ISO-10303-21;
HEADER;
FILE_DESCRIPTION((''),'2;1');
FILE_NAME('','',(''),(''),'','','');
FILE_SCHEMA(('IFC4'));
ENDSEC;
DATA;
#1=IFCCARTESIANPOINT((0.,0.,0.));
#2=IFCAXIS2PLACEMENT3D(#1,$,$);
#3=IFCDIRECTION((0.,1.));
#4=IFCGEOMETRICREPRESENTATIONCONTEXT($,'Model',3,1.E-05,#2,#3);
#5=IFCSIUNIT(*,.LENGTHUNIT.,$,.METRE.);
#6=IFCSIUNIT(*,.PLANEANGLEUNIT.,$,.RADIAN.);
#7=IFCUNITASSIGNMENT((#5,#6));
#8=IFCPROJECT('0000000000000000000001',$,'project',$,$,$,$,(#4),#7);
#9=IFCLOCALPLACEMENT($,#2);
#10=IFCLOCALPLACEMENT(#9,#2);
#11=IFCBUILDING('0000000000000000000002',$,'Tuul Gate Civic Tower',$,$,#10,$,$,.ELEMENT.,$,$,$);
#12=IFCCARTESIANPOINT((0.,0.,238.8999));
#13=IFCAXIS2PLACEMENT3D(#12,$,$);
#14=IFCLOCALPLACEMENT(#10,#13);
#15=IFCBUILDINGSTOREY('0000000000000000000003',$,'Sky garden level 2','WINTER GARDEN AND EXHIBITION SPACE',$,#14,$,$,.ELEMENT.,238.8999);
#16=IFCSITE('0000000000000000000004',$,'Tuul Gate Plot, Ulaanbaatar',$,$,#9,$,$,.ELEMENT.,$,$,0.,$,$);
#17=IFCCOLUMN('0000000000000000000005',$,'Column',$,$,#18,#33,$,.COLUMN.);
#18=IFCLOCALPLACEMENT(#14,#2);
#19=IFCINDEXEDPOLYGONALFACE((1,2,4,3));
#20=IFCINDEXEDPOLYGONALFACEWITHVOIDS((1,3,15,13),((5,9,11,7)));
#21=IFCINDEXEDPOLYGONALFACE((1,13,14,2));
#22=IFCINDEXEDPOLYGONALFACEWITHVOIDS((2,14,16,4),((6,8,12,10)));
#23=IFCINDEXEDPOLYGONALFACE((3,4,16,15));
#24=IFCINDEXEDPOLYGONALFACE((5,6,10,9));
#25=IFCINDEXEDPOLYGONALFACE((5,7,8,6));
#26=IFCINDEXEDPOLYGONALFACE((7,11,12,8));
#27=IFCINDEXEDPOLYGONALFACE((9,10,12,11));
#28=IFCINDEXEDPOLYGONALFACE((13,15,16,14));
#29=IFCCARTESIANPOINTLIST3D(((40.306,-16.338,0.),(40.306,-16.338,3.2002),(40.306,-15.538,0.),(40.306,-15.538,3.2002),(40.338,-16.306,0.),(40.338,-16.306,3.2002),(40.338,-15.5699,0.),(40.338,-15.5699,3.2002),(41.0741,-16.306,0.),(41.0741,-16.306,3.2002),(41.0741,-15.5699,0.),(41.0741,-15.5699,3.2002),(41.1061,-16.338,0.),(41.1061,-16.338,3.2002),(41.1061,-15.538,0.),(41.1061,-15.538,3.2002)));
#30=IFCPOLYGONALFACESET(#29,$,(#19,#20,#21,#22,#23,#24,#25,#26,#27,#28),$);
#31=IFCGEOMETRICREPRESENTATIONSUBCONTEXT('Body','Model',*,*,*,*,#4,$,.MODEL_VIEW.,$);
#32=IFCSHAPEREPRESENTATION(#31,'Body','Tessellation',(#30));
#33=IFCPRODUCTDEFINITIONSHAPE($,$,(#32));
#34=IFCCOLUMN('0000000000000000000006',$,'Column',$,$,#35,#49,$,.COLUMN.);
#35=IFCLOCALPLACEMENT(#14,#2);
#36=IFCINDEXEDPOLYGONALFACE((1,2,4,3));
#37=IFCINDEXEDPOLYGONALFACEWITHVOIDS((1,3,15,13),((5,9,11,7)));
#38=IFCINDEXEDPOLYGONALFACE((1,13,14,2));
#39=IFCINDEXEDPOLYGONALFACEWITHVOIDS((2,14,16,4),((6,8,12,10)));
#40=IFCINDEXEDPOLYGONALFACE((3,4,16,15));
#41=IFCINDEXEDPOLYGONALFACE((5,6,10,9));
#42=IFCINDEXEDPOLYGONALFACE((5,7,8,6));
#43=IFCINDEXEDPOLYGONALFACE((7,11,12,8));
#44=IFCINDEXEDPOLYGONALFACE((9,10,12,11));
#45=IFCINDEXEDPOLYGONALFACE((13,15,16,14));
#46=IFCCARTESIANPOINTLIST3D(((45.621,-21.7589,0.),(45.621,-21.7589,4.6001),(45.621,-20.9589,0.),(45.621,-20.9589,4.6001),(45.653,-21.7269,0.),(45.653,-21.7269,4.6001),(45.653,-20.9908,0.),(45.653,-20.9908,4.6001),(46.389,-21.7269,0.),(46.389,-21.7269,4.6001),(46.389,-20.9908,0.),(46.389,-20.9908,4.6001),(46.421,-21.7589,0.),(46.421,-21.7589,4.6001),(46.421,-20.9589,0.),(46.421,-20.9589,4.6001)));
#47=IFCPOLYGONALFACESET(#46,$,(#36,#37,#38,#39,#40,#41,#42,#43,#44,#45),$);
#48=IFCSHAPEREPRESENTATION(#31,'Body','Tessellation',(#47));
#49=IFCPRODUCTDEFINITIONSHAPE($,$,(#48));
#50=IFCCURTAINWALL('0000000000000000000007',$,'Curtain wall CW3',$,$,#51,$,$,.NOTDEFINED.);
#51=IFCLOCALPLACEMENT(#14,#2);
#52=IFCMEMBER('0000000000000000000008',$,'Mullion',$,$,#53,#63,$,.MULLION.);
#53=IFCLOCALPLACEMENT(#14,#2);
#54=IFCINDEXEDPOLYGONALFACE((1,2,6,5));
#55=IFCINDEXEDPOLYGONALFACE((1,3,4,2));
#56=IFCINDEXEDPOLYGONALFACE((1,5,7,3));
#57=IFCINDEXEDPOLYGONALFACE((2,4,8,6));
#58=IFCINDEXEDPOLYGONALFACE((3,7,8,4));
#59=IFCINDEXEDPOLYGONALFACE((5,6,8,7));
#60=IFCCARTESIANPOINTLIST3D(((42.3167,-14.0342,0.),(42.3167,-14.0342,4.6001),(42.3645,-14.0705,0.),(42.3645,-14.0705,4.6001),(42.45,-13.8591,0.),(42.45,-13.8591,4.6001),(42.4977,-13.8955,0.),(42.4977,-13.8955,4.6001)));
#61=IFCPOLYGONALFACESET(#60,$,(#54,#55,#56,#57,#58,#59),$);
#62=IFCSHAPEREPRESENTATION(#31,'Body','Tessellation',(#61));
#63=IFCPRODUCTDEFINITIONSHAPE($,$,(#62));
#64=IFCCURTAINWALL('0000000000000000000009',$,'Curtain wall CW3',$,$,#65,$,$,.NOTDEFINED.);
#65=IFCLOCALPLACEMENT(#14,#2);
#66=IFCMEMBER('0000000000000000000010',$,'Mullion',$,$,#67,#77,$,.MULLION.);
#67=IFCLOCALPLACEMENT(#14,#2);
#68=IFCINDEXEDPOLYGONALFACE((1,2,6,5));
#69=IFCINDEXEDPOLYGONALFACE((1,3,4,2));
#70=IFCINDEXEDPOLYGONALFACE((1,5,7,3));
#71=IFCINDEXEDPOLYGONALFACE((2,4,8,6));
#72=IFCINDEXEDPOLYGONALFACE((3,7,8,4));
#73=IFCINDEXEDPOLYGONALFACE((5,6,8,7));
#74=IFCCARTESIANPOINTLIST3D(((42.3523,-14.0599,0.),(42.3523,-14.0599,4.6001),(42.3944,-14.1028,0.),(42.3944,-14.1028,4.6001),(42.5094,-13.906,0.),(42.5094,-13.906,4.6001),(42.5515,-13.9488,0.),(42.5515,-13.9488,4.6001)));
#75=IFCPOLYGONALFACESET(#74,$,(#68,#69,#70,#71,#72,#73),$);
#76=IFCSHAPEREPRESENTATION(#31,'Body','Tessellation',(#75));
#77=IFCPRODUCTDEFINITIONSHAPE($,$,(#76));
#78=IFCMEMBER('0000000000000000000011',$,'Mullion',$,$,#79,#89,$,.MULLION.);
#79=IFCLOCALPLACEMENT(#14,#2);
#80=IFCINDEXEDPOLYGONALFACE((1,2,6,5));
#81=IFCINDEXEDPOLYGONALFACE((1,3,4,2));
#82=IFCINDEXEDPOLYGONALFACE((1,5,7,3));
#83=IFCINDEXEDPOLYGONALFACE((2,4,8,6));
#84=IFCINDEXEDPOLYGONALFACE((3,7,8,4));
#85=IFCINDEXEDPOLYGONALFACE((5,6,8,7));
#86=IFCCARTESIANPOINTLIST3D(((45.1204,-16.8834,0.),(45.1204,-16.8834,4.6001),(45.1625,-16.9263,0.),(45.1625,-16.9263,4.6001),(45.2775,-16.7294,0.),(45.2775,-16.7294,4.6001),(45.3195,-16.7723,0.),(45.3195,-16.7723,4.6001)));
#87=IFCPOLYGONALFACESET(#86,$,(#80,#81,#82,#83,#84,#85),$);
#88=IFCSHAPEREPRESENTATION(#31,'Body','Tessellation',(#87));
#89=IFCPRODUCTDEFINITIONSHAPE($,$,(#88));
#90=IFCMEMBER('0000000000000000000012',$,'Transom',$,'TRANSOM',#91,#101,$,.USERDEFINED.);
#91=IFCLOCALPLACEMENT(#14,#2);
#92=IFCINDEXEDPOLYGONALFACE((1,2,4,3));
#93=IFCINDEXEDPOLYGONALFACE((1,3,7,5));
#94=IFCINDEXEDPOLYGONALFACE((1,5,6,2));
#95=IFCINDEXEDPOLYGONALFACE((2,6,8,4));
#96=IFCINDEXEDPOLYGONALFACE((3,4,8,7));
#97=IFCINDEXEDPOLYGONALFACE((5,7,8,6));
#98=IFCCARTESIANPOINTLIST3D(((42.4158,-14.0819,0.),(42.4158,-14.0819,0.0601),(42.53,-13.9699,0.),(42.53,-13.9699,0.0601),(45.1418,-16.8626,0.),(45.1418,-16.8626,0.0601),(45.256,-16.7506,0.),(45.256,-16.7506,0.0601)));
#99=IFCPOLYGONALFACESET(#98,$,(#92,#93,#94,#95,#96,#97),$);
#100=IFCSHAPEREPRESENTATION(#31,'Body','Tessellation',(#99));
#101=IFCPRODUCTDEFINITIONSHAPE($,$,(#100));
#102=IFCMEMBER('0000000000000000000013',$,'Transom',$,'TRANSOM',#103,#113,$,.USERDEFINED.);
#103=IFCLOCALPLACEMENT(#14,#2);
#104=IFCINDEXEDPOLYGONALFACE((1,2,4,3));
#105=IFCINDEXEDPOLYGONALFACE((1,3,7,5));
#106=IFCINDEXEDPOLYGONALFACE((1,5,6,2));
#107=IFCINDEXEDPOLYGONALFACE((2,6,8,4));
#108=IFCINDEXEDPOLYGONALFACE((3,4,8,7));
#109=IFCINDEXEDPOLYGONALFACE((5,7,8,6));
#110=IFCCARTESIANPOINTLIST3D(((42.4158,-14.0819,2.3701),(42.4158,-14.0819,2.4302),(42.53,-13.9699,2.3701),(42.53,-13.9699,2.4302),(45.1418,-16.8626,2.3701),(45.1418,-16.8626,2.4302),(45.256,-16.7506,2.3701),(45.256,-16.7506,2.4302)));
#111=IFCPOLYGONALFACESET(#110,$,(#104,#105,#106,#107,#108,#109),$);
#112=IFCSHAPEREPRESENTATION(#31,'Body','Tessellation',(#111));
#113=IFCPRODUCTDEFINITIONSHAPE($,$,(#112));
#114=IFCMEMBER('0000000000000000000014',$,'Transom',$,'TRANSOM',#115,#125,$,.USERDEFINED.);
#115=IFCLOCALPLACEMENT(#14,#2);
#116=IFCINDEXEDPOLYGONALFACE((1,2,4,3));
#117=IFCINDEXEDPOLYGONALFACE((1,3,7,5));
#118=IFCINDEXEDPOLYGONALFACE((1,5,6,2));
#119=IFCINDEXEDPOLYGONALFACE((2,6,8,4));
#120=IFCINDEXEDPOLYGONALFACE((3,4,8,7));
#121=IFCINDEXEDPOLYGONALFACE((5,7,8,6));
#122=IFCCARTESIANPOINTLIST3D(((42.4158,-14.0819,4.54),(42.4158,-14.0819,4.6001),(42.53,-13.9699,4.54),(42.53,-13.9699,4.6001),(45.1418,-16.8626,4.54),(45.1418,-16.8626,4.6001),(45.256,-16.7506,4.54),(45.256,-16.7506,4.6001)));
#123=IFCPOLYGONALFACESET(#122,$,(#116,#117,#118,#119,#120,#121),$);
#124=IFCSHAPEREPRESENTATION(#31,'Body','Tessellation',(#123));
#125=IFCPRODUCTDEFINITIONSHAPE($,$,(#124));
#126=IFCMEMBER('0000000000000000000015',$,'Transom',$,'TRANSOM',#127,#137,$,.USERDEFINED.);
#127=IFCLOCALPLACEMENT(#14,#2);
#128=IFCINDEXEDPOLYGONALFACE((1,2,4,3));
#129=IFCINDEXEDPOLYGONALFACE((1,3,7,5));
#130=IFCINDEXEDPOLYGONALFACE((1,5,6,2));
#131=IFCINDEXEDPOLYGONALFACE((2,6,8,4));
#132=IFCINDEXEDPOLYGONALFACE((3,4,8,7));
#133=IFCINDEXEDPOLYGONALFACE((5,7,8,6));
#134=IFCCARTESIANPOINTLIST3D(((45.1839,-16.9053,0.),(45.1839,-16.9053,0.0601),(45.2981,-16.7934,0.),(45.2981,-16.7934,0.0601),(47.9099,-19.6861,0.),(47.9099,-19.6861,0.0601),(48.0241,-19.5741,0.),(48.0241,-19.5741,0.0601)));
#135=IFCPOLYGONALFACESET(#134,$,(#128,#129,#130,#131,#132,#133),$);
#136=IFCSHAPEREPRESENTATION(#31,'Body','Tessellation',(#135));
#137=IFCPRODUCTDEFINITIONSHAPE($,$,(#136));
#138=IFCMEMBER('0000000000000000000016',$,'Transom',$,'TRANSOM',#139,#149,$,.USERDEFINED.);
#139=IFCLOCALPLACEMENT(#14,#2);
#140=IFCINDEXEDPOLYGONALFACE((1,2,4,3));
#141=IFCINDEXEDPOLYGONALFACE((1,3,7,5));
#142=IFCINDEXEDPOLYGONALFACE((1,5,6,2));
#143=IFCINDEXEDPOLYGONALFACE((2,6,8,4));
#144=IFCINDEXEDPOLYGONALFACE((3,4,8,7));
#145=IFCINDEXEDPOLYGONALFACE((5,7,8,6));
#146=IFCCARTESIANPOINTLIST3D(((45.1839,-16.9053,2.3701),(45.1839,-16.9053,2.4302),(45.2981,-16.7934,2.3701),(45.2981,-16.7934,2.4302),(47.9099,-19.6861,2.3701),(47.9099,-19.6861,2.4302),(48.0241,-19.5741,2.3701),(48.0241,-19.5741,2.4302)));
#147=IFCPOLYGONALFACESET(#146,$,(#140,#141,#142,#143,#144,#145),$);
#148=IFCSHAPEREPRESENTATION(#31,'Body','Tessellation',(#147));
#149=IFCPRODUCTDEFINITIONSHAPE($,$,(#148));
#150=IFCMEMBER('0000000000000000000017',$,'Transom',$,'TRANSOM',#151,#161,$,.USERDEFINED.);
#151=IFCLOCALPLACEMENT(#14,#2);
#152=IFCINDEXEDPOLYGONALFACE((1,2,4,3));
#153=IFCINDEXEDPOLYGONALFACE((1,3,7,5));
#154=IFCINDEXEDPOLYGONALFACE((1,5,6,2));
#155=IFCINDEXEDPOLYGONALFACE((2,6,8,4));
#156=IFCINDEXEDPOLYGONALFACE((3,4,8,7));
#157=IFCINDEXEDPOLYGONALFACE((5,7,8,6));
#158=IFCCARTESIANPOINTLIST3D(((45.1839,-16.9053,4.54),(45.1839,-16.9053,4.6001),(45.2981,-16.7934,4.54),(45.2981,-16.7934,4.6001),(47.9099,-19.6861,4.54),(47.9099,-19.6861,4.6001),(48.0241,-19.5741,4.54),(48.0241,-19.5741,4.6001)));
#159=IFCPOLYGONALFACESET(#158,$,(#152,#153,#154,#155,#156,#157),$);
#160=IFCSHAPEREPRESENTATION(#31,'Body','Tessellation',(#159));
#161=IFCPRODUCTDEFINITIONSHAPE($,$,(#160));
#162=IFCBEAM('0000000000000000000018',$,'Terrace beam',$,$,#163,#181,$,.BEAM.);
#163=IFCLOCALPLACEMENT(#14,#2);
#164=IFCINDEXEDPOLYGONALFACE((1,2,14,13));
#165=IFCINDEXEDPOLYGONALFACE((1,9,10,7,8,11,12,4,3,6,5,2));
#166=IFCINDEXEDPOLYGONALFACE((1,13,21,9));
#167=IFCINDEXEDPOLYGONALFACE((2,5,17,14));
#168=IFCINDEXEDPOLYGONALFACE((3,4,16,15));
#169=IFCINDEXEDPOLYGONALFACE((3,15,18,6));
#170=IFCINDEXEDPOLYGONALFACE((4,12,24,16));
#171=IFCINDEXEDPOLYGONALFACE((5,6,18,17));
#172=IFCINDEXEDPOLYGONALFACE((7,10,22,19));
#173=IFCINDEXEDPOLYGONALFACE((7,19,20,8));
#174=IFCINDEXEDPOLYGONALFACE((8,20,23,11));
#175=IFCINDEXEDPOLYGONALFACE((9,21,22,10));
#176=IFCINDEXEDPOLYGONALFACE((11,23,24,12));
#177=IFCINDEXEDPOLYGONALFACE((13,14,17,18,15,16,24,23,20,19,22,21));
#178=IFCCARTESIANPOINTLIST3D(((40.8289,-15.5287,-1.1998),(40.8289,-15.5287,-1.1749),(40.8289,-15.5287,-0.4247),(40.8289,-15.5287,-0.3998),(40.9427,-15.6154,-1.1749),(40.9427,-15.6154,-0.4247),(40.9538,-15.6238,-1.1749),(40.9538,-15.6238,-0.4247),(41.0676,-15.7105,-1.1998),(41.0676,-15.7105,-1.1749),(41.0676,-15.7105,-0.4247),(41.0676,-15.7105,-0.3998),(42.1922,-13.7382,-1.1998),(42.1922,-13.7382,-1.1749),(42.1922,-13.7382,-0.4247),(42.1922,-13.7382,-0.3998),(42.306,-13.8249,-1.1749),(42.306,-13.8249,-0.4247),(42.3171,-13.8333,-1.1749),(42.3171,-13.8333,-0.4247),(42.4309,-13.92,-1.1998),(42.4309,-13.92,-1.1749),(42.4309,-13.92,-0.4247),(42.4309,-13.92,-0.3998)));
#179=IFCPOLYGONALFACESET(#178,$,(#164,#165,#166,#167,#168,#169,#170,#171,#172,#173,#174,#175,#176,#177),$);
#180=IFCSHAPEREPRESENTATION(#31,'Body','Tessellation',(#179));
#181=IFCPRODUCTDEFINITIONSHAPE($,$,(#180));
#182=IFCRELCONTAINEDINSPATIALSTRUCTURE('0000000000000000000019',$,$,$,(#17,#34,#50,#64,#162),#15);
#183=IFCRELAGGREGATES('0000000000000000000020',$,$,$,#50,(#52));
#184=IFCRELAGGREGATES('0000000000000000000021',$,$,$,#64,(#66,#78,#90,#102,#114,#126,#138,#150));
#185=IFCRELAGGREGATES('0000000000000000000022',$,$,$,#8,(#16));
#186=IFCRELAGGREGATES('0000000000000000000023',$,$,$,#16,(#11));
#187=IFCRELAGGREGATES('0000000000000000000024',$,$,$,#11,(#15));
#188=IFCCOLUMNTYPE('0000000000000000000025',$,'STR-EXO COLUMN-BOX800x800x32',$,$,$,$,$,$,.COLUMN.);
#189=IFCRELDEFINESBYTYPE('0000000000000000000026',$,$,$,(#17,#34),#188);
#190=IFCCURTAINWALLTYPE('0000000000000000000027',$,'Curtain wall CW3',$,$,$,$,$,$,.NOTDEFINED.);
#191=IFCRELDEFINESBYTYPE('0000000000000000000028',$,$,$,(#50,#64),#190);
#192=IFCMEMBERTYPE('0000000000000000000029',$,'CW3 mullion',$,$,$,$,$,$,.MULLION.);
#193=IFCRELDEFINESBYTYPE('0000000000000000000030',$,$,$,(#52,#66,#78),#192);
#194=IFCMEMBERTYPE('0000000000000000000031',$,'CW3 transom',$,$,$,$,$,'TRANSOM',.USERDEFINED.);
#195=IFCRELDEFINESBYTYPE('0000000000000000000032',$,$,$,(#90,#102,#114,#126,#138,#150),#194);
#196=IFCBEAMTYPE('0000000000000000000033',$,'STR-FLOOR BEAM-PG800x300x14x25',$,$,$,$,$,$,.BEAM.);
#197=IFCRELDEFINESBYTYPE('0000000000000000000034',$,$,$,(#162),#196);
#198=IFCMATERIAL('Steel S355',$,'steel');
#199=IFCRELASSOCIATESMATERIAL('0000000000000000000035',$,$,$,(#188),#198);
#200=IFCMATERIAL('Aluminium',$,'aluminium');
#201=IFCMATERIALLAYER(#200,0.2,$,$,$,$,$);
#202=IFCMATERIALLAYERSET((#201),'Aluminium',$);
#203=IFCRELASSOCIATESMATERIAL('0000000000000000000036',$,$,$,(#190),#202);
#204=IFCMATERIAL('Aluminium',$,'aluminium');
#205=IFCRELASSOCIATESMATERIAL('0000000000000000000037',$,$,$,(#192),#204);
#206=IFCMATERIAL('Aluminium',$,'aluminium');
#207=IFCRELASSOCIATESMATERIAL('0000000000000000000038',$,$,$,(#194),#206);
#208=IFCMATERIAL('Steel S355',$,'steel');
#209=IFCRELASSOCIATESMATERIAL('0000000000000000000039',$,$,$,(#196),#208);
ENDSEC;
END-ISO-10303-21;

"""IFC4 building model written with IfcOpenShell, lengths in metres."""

from ifc_helpers import new_model, si_unit, direction, frame, origin, origin_2d, place, context, subcontext, project, spatial, rectangle, hollow_rectangle, i_section, extrude, material, layer, layer_set, material_profile, profile_set, type_object, element, aggregate, save


model = new_model("IFC4")

# Units and contexts
model_context = context("Model", 3, precision=1e-05, world=origin(), true_north=direction((0.0, 1.0)))
body_context = subcontext(model_context, "Body", "Model", "MODEL_VIEW")
ifc_project = project(units=[si_unit("LENGTHUNIT", "METRE"), si_unit("PLANEANGLEUNIT", "RADIAN")], contexts=[model_context])

# Site, building, storey
site_placement = place(None, origin())
site = spatial("IfcSite", under=ifc_project, at=site_placement, Name="Tuul Gate Plot, Ulaanbaatar", CompositionType="ELEMENT", RefElevation=0.0)
building_placement = place(site_placement, origin())
building = spatial("IfcBuilding", under=site, at=building_placement, Name="Tuul Gate Civic Tower", CompositionType="ELEMENT")
storey_placement = place(building_placement, frame((0.0, 0.0, 238.8999)))
storey = spatial("IfcBuildingStorey", under=building, at=storey_placement, Name="Sky garden level 2", Description="WINTER GARDEN AND EXHIBITION SPACE", CompositionType="ELEMENT", Elevation=238.8999)

# Columns
ifc_material_1 = material(Name="Steel S355", Category="steel")
ifc_material_profile_1 = material_profile(ifc_material_1, hollow_rectangle(XDim=0.8, YDim=0.8, WallThickness=0.032, at=origin_2d()), Name="BOX800x800x32")
ifc_profile_set_1 = profile_set([ifc_material_profile_1], Name="Steel S355")
column_type = type_object("IfcColumnType", Name="STR-EXO COLUMN-BOX800x800x32", PredefinedType="COLUMN", material=ifc_profile_set_1)
column_1_placement = place(storey_placement, frame((40.7061, -15.938, 0.0), z_axis=(0.0, 0.0, 1.0), x_axis=(1.0, 0.0, 0.0)))
element("IfcColumn", 1, at=column_1_placement, inside=storey, type_object=column_type, Name="Column", PredefinedType="COLUMN", context=body_context, shape_type="SweptSolid", body=[
    extrude(hollow_rectangle(XDim=0.8, YDim=0.8, WallThickness=0.032, at=origin_2d()), origin(), (0.0, 0.0, 1.0), 3.2002),
])
column_2_placement = place(storey_placement, frame((46.021, -21.3589, 0.0), z_axis=(0.0, 0.0, 1.0), x_axis=(1.0, 0.0, 0.0)))
element("IfcColumn", 2, at=column_2_placement, inside=storey, type_object=column_type, Name="Column", PredefinedType="COLUMN", context=body_context, shape_type="SweptSolid", body=[
    extrude(hollow_rectangle(XDim=0.8, YDim=0.8, WallThickness=0.032, at=origin_2d()), origin(), (0.0, 0.0, 1.0), 4.6001),
])

# Curtain wall, member
ifc_material_2 = material(Name="Aluminium", Category="aluminium")
ifc_layer_1 = layer(ifc_material_2, 0.2)
ifc_layer_set_1 = layer_set([ifc_layer_1], Name="Aluminium")
curtain_wall_type = type_object("IfcCurtainWallType", Name="Curtain wall CW3", PredefinedType="NOTDEFINED", material=ifc_layer_set_1)
curtain_wall_1_placement = place(storey_placement, origin())
curtain_wall_1 = element("IfcCurtainWall", 3, at=curtain_wall_1_placement, inside=storey, type_object=curtain_wall_type, Name="Curtain wall CW3", PredefinedType="NOTDEFINED")
ifc_material_3 = material(Name="Aluminium", Category="aluminium")
ifc_material_profile_2 = material_profile(ifc_material_3, rectangle(XDim=0.22, YDim=0.0601, at=origin_2d()), Name="CW3 mullion")
ifc_profile_set_2 = profile_set([ifc_material_profile_2], Name="Aluminium")
member_type_1 = type_object("IfcMemberType", Name="CW3 mullion", PredefinedType="MULLION", material=ifc_profile_set_2)
member_1_placement = place(storey_placement, frame((42.4072, -13.9648, 0.0), z_axis=(0.0, 0.0, 1.0), x_axis=(0.605767, 0.795642, 0.0)))
member_1 = element("IfcMember", 4, at=member_1_placement, type_object=member_type_1, Name="Mullion", PredefinedType="MULLION", context=body_context, shape_type="SweptSolid", body=[
    extrude(rectangle(XDim=0.22, YDim=0.0601, at=origin_2d()), origin(), (0.0, 0.0, 1.0), 4.6001),
])
aggregate(curtain_wall_1, [member_1])

# Curtain wall, members
curtain_wall_2_placement = place(storey_placement, origin())
curtain_wall_2 = element("IfcCurtainWall", 5, at=curtain_wall_2_placement, inside=storey, type_object=curtain_wall_type, Name="Curtain wall CW3", PredefinedType="NOTDEFINED")
member_2_placement = place(storey_placement, frame((42.4519, -14.0044, 0.0), z_axis=(0.0, 0.0, 1.0), x_axis=(0.7141, 0.700044, 0.0)))
member_2 = element("IfcMember", 6, at=member_2_placement, type_object=member_type_1, Name="Mullion", PredefinedType="MULLION", context=body_context, shape_type="SweptSolid", body=[
    extrude(rectangle(XDim=0.22, YDim=0.0601, at=origin_2d()), origin(), (0.0, 0.0, 1.0), 4.6001),
])
member_3_placement = place(storey_placement, frame((45.22, -16.8279, 0.0), z_axis=(0.0, 0.0, 1.0), x_axis=(0.7141, 0.700044, 0.0)))
member_3 = element("IfcMember", 7, at=member_3_placement, type_object=member_type_1, Name="Mullion", PredefinedType="MULLION", context=body_context, shape_type="SweptSolid", body=[
    extrude(rectangle(XDim=0.22, YDim=0.0601, at=origin_2d()), origin(), (0.0, 0.0, 1.0), 4.6001),
])
ifc_material_4 = material(Name="Aluminium", Category="aluminium")
ifc_material_profile_3 = material_profile(ifc_material_4, rectangle(XDim=0.1599, YDim=0.0601, at=origin_2d()), Name="CW3 transom")
ifc_profile_set_3 = profile_set([ifc_material_profile_3], Name="Aluminium")
member_type_2 = type_object("IfcMemberType", Name="CW3 transom", ElementType="TRANSOM", PredefinedType="USERDEFINED", material=ifc_profile_set_3)
member_4_placement = place(storey_placement, frame((42.4729, -14.0259, 0.03), z_axis=(0.70005, -0.714094, 0.0), x_axis=(0.714094, 0.70005, 0.0)))
member_4 = element("IfcMember", 8, at=member_4_placement, type_object=member_type_2, Name="Transom", ObjectType="TRANSOM", PredefinedType="USERDEFINED", context=body_context, shape_type="SweptSolid", body=[
    extrude(rectangle(XDim=0.1599, YDim=0.0601, at=origin_2d()), origin(), (0.0, 0.0, 1.0), 3.894),
])
member_5_placement = place(storey_placement, frame((42.4729, -14.0259, 2.4001), z_axis=(0.70005, -0.714094, 0.0), x_axis=(0.714094, 0.70005, 0.0)))
member_5 = element("IfcMember", 9, at=member_5_placement, type_object=member_type_2, Name="Transom", ObjectType="TRANSOM", PredefinedType="USERDEFINED", context=body_context, shape_type="SweptSolid", body=[
    extrude(rectangle(XDim=0.1599, YDim=0.0601, at=origin_2d()), origin(), (0.0, 0.0, 1.0), 3.894),
])
member_6_placement = place(storey_placement, frame((42.4729, -14.0259, 4.5701), z_axis=(0.70005, -0.714094, 0.0), x_axis=(0.714094, 0.70005, 0.0)))
member_6 = element("IfcMember", 10, at=member_6_placement, type_object=member_type_2, Name="Transom", ObjectType="TRANSOM", PredefinedType="USERDEFINED", context=body_context, shape_type="SweptSolid", body=[
    extrude(rectangle(XDim=0.1599, YDim=0.0601, at=origin_2d()), origin(), (0.0, 0.0, 1.0), 3.894),
])
member_7_placement = place(storey_placement, frame((45.241, -16.8494, 0.03), z_axis=(0.70005, -0.714094, 0.0), x_axis=(0.714094, 0.70005, 0.0)))
member_7 = element("IfcMember", 11, at=member_7_placement, type_object=member_type_2, Name="Transom", ObjectType="TRANSOM", PredefinedType="USERDEFINED", context=body_context, shape_type="SweptSolid", body=[
    extrude(rectangle(XDim=0.1599, YDim=0.0601, at=origin_2d()), origin(), (0.0, 0.0, 1.0), 3.894),
])
member_8_placement = place(storey_placement, frame((45.241, -16.8494, 2.4001), z_axis=(0.70005, -0.714094, 0.0), x_axis=(0.714094, 0.70005, 0.0)))
member_8 = element("IfcMember", 12, at=member_8_placement, type_object=member_type_2, Name="Transom", ObjectType="TRANSOM", PredefinedType="USERDEFINED", context=body_context, shape_type="SweptSolid", body=[
    extrude(rectangle(XDim=0.1599, YDim=0.0601, at=origin_2d()), origin(), (0.0, 0.0, 1.0), 3.894),
])
member_9_placement = place(storey_placement, frame((45.241, -16.8494, 4.5701), z_axis=(0.70005, -0.714094, 0.0), x_axis=(0.714094, 0.70005, 0.0)))
member_9 = element("IfcMember", 13, at=member_9_placement, type_object=member_type_2, Name="Transom", ObjectType="TRANSOM", PredefinedType="USERDEFINED", context=body_context, shape_type="SweptSolid", body=[
    extrude(rectangle(XDim=0.1599, YDim=0.0601, at=origin_2d()), origin(), (0.0, 0.0, 1.0), 3.894),
])

# Beam
ifc_material_5 = material(Name="Steel S355", Category="steel")
ifc_material_profile_4 = material_profile(ifc_material_5, i_section(OverallWidth=0.3, OverallDepth=0.8, WebThickness=0.0139, FlangeThickness=0.0249, at=origin_2d()), Name="PG800x300x14x25")
ifc_profile_set_4 = profile_set([ifc_material_profile_4], Name="Steel S355")
beam_type_1 = type_object("IfcBeamType", Name="STR-FLOOR BEAM-PG800x300x14x25", PredefinedType="BEAM", material=ifc_profile_set_4)
beam_1_placement = place(storey_placement, frame((40.9482, -15.6196, -0.7998), z_axis=(0.605782, 0.795631, 0.0), x_axis=(-0.795631, 0.605782, 0.0)))
element("IfcBeam", 14, at=beam_1_placement, inside=storey, type_object=beam_type_1, Name="Terrace beam", PredefinedType="BEAM", context=body_context, shape_type="SweptSolid", body=[
    extrude(i_section(OverallWidth=0.3, OverallDepth=0.8, WebThickness=0.0139, FlangeThickness=0.0249, at=origin_2d()), origin(), (0.0, 0.0, 1.0), 2.2505),
])

aggregate(curtain_wall_2, [member_2, member_3, member_4, member_5, member_6, member_7, member_8, member_9])

save(model, "model.ifc")
